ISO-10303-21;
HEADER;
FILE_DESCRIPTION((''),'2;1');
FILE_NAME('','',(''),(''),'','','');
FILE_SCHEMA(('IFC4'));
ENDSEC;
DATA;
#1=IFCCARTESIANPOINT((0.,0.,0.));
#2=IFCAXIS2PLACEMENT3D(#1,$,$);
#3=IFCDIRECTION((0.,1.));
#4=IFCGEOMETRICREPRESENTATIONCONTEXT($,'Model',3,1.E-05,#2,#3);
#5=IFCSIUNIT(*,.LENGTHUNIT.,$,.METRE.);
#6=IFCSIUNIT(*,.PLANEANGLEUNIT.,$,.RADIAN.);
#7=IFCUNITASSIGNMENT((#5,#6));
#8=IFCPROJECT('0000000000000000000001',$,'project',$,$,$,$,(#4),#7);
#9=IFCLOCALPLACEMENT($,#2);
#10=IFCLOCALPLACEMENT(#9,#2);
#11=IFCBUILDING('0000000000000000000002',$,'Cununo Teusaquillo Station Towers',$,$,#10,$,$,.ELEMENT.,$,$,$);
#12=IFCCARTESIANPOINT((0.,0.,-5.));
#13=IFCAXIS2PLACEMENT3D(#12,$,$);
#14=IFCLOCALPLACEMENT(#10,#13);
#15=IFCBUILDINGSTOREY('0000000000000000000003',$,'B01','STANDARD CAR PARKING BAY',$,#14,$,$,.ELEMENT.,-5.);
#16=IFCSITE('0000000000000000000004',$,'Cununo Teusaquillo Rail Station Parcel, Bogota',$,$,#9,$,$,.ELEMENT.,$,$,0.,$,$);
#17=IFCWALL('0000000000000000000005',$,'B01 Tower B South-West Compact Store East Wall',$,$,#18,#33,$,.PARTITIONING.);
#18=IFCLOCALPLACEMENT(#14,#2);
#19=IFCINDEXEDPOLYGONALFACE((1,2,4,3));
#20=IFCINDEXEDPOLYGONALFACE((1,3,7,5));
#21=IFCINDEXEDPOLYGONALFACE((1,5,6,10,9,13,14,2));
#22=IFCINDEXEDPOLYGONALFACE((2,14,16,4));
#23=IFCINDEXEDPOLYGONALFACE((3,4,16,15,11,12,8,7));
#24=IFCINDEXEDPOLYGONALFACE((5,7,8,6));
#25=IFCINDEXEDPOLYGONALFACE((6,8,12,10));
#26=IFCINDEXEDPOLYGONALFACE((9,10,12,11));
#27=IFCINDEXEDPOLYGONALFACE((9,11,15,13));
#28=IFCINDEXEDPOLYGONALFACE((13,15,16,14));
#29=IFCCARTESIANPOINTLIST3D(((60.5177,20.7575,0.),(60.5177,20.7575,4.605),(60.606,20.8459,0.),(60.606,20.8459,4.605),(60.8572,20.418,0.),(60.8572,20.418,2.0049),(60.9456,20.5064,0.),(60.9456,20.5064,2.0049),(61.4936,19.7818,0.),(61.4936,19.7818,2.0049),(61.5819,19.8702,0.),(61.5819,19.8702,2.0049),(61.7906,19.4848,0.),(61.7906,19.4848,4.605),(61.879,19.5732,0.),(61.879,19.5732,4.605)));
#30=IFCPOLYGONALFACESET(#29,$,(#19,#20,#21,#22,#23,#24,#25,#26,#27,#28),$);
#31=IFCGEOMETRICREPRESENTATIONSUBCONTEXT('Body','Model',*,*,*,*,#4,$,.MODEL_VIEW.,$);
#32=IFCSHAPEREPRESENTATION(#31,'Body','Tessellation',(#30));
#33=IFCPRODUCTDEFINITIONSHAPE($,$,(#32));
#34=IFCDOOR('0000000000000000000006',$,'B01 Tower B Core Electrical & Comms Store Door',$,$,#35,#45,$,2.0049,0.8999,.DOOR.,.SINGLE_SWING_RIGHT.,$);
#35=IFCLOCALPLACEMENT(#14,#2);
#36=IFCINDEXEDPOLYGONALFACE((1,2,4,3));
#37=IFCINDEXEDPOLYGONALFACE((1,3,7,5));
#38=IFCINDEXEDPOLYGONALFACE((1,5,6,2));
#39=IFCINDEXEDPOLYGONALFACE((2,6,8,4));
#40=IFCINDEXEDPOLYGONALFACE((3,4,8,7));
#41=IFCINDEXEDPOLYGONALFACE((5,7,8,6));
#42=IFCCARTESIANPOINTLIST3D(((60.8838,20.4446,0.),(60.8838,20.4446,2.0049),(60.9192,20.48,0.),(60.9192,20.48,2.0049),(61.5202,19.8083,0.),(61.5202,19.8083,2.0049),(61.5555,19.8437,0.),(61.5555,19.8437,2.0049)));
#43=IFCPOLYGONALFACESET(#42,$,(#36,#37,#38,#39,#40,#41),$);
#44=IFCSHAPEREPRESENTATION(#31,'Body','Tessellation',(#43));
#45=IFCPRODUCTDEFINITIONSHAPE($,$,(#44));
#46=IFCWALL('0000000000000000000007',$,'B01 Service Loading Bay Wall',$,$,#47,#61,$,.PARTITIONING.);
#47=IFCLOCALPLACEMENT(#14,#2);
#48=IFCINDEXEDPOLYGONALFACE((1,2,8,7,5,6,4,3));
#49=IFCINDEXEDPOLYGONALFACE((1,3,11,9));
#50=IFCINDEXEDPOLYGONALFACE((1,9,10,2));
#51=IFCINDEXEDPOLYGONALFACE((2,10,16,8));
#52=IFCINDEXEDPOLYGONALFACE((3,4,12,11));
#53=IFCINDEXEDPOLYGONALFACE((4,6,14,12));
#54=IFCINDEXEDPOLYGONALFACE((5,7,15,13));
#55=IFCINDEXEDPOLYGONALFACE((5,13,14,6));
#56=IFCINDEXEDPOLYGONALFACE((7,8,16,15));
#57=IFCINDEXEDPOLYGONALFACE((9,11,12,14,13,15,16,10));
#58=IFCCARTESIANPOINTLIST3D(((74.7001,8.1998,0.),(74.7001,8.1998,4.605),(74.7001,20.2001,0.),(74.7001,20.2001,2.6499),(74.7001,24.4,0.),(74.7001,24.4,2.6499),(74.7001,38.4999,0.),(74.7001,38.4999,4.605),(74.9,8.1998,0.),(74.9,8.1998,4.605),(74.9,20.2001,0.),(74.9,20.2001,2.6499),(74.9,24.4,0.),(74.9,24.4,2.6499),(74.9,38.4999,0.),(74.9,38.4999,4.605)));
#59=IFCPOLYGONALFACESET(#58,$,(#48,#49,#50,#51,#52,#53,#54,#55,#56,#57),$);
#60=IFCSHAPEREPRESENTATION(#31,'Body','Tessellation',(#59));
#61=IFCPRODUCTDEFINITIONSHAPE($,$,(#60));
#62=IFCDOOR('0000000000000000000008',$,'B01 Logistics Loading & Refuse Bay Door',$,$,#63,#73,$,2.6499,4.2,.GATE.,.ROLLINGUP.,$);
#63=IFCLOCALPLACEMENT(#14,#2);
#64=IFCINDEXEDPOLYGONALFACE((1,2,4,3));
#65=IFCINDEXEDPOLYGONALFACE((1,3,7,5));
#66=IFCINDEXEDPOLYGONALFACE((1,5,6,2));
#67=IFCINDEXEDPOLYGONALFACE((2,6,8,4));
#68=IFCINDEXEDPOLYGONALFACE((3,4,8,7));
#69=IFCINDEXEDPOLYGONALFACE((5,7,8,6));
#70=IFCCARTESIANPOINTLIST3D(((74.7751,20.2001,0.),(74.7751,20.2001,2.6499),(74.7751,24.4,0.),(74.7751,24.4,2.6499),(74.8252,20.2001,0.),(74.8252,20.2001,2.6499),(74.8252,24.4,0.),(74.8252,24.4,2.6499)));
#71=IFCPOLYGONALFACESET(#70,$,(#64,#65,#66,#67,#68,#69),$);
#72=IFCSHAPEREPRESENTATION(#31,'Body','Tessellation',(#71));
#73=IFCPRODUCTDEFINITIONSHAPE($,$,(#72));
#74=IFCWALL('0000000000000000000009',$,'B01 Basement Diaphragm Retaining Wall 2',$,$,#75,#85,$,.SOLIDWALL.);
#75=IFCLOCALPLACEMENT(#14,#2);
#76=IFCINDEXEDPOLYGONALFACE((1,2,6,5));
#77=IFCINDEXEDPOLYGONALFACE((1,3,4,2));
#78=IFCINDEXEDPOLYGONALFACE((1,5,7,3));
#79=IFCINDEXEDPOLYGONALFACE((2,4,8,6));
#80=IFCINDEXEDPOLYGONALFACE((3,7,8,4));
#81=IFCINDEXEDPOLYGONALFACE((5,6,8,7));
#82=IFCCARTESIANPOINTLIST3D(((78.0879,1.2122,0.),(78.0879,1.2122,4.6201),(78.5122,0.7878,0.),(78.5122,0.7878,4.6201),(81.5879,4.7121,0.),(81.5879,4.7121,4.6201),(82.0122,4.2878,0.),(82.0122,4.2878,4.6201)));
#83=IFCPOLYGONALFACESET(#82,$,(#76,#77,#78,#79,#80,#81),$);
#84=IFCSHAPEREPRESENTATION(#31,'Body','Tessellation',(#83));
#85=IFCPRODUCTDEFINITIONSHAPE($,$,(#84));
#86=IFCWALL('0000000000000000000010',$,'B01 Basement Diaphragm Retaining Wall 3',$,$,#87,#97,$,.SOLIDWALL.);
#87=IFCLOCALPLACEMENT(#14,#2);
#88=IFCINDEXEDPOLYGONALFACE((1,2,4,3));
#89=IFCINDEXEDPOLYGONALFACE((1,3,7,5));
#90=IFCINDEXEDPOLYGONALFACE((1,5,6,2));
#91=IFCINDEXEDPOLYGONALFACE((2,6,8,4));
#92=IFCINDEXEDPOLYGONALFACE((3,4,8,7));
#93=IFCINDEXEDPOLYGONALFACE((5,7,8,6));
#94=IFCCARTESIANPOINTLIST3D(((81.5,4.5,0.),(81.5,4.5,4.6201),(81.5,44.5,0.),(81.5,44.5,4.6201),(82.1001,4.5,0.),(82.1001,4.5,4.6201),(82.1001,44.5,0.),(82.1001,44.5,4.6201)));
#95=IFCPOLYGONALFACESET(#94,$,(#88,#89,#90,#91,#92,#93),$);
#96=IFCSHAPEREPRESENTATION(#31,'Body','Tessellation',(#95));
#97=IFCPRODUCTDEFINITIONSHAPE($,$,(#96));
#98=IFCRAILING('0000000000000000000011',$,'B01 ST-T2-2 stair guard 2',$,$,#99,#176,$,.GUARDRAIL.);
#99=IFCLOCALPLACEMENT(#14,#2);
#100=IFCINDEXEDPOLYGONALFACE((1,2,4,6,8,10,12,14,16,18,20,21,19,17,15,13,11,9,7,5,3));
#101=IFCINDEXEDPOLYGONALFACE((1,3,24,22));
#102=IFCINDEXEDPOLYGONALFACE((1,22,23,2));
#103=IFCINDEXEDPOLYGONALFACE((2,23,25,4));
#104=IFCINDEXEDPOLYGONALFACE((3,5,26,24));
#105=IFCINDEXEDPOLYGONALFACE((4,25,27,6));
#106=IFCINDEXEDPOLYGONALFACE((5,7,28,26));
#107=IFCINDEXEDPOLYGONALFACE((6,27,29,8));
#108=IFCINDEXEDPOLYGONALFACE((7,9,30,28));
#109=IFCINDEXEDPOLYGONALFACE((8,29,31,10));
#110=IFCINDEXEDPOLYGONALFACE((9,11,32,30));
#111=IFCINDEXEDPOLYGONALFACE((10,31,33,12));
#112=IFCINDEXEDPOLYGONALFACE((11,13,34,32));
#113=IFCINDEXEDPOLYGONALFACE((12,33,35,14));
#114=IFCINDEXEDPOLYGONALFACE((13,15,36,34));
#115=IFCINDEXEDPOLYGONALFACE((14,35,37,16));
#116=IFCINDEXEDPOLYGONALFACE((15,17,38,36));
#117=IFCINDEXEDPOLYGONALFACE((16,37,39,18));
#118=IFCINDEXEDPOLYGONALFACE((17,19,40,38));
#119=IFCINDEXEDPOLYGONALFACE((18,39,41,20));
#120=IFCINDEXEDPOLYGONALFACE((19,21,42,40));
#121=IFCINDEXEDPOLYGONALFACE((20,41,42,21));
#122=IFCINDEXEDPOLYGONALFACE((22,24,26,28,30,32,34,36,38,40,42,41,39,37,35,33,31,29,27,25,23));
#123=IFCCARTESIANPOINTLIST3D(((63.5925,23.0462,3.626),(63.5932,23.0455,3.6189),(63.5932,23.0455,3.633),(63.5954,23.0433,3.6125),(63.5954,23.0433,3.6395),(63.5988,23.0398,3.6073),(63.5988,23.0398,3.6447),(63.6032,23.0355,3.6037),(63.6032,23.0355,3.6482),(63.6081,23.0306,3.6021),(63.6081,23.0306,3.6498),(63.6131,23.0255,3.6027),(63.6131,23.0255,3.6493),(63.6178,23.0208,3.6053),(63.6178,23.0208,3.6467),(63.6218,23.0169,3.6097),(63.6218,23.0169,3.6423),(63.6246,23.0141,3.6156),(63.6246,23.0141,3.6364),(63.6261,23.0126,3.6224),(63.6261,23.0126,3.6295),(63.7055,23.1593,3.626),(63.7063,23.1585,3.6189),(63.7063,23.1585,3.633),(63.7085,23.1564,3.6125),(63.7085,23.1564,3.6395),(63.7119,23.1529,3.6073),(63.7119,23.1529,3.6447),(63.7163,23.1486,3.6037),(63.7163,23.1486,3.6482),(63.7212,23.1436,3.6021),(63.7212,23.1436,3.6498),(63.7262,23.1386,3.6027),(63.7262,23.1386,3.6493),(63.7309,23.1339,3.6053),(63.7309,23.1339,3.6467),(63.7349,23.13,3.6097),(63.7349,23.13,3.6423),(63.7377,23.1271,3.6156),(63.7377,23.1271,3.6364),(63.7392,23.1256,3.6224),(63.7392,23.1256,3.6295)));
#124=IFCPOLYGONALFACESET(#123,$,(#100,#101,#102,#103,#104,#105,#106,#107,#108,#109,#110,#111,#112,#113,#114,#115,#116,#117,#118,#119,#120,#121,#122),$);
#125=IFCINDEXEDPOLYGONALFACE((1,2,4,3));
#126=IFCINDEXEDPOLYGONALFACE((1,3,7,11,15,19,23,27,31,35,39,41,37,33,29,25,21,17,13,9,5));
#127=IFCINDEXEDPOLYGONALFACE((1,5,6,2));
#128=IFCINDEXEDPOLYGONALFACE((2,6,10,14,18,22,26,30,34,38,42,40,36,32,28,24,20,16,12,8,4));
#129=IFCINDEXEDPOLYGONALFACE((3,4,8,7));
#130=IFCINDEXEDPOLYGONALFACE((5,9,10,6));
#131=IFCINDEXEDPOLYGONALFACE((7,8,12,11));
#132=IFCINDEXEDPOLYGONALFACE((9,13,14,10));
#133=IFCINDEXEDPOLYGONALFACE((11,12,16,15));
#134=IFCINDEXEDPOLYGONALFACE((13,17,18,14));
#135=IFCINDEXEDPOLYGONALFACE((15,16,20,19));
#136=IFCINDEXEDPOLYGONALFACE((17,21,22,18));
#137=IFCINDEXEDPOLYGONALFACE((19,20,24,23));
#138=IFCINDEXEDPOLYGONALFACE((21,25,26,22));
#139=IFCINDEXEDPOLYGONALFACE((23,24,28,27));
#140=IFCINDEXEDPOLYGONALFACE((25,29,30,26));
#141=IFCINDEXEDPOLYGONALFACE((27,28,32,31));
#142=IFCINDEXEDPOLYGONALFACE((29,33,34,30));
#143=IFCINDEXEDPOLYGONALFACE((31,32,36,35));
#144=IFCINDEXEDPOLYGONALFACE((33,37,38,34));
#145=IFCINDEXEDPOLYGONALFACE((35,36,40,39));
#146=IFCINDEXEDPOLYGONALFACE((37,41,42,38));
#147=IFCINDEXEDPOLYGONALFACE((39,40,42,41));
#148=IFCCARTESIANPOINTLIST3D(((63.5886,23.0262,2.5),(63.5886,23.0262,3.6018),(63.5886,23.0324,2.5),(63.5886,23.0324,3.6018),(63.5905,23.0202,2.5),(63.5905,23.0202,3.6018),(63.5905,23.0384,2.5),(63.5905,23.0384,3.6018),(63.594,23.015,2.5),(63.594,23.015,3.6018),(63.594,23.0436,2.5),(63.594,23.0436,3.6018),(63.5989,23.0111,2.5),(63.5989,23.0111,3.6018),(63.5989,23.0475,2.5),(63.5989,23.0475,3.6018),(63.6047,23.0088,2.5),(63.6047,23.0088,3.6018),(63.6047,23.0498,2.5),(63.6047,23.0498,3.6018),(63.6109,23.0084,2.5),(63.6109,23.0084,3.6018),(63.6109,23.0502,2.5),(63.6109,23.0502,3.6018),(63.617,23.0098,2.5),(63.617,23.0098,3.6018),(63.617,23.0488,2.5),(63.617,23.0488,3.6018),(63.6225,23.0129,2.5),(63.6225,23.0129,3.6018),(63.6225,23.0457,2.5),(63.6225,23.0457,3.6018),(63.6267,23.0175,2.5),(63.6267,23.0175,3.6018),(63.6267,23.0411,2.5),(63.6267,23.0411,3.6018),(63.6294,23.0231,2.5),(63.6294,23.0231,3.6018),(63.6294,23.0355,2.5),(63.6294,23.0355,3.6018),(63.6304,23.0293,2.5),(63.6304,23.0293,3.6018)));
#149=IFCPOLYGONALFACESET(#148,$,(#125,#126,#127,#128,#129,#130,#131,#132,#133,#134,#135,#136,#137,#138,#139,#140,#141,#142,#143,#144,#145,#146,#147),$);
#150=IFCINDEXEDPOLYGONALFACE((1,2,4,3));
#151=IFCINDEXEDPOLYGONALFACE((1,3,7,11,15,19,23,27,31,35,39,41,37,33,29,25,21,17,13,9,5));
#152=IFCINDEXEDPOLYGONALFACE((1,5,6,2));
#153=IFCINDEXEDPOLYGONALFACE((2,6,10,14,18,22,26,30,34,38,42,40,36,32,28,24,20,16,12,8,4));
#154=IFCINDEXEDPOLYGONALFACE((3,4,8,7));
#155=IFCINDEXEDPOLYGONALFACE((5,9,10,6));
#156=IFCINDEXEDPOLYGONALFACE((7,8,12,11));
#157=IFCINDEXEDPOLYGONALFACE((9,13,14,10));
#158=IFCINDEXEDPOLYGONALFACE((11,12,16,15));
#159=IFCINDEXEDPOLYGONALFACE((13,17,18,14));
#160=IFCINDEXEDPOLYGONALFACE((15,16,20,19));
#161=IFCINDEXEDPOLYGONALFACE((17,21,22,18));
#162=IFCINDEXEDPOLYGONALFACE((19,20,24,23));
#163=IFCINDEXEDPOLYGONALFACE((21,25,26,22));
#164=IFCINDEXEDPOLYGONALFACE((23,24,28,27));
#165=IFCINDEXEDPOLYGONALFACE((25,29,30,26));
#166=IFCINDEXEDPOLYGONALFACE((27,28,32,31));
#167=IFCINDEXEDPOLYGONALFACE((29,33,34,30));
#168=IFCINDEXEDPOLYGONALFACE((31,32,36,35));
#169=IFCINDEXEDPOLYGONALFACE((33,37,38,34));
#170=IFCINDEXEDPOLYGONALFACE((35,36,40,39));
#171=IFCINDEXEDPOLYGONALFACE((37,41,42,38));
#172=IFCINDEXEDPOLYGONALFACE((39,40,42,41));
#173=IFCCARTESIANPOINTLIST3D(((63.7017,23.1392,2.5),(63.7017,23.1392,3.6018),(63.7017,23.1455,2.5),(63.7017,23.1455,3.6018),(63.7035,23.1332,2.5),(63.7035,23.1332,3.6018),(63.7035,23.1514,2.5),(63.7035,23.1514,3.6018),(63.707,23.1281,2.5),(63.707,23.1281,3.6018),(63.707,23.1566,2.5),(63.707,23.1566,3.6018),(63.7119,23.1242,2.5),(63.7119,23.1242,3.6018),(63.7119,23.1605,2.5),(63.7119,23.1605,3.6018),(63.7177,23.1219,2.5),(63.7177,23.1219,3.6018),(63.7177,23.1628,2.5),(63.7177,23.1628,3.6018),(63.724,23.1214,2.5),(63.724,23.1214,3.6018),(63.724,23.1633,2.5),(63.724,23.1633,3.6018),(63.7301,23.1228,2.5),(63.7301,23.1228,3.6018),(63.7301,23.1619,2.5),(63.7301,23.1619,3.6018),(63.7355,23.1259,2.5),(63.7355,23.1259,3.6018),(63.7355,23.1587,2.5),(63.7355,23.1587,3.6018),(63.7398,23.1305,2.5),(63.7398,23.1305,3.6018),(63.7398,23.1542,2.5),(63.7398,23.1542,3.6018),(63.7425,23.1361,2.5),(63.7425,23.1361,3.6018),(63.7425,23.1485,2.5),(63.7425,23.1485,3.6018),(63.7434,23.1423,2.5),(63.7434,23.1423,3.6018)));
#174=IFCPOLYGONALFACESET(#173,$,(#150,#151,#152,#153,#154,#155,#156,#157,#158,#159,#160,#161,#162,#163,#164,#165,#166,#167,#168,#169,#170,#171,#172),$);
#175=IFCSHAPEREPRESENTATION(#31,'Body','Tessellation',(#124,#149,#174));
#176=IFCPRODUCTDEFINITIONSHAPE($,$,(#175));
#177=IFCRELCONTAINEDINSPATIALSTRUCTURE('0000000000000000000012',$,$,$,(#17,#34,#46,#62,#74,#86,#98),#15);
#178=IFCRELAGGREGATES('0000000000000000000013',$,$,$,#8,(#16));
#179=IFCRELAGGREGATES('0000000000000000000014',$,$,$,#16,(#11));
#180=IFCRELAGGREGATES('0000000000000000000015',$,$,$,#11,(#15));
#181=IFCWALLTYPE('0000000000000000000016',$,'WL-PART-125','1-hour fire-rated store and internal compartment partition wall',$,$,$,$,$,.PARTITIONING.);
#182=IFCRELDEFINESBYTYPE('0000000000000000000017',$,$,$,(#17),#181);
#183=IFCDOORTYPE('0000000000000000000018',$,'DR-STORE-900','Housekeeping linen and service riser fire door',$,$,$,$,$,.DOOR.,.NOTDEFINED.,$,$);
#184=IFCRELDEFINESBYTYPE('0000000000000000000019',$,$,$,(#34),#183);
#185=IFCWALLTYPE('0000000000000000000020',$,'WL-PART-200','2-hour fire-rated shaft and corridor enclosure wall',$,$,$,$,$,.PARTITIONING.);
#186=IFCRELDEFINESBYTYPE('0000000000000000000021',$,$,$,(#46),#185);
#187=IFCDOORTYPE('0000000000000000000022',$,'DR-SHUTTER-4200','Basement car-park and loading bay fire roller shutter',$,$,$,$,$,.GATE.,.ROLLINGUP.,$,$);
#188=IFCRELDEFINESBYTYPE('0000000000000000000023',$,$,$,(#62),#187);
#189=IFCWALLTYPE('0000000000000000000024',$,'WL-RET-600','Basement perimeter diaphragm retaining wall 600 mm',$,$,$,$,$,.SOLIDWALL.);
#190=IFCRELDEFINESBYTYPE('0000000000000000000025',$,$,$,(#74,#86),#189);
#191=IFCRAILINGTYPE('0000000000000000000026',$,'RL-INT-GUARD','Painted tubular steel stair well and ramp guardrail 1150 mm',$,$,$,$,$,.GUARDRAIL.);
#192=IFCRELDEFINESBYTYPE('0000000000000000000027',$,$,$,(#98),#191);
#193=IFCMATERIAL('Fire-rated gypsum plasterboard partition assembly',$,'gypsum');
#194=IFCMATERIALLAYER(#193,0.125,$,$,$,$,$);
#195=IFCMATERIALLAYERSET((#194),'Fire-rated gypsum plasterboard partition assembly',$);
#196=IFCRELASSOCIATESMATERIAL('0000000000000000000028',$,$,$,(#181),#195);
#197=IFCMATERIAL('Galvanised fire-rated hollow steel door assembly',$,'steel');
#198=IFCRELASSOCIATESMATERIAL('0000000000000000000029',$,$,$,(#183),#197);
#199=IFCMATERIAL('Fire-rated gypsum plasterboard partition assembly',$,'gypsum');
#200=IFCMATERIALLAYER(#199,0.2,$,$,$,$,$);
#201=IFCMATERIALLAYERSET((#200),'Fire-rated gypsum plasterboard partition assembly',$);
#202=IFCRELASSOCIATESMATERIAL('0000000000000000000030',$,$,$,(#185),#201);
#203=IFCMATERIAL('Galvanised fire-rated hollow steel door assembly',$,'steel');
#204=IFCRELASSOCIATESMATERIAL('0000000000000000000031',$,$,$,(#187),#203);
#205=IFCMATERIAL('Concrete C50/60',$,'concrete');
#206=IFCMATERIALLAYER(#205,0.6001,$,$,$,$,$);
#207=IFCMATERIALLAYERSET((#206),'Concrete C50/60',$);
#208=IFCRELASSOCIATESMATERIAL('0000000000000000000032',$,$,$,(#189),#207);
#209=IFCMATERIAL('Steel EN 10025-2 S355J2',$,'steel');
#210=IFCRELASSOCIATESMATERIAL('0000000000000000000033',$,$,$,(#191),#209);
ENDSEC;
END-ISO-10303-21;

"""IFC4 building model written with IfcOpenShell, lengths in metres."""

from ifc_helpers import new_model, si_unit, direction, frame, frame_2d, origin, origin_2d, place, context, subcontext, project, spatial, rectangle, circle, extrude, source, transform, mapped, material, layer, layer_set, type_object, element, fill, save


model = new_model("IFC4")

# Units and contexts
model_context = context("Model", 3, precision=1e-05, world=origin(), true_north=direction((0.0, 1.0)))
body_context = subcontext(model_context, "Body", "Model", "MODEL_VIEW")
ifc_project = project(units=[si_unit("LENGTHUNIT", "METRE"), si_unit("PLANEANGLEUNIT", "RADIAN")], contexts=[model_context])

# Site, building, storey
site_placement = place(None, origin())
site = spatial("IfcSite", under=ifc_project, at=site_placement, Name="Cununo Teusaquillo Rail Station Parcel, Bogota", CompositionType="ELEMENT", RefElevation=0.0)
building_placement = place(site_placement, origin())
building = spatial("IfcBuilding", under=site, at=building_placement, Name="Cununo Teusaquillo Station Towers", CompositionType="ELEMENT")
storey_placement = place(building_placement, frame((0.0, 0.0, -5.0)))
storey = spatial("IfcBuildingStorey", under=building, at=storey_placement, Name="B01", Description="STANDARD CAR PARKING BAY", CompositionType="ELEMENT", Elevation=-5.0)

# Walls, openings, doors
ifc_material_1 = material(Name="Fire-rated gypsum plasterboard partition assembly", Category="gypsum")
ifc_layer_1 = layer(ifc_material_1, 0.125)
ifc_layer_set_1 = layer_set([ifc_layer_1], Name="Fire-rated gypsum plasterboard partition assembly")
wall_type_1 = type_object("IfcWallType", Name="WL-PART-125", Description="1-hour fire-rated store and internal compartment partition wall", PredefinedType="PARTITIONING", material=ifc_layer_set_1)
wall_1_placement = place(storey_placement, frame((61.8347, 19.5291, 0.0), z_axis=(0.0, 0.0, 1.0), x_axis=(-0.707175, 0.707039, 0.0)))
wall_1 = element("IfcWall", 1, at=wall_1_placement, inside=storey, type_object=wall_type_1, Name="B01 Tower B South-West Compact Store East Wall", PredefinedType="PARTITIONING", context=body_context, shape_type="SweptSolid", body=[
    extrude(rectangle(XDim=1.8, YDim=0.125, at=frame_2d((0.8999, 0.0))), origin(), (0.0, 0.0, 1.0), 4.605),
])
shared_shape_1 = source(origin(), body_context, "Body", "SweptSolid", [
    extrude(rectangle(XDim=0.8999, YDim=2.0049, at=frame_2d((0.45, 1.0024))), frame((0.0, 0.0725, 0.0), z_axis=(0.0, -1.0, 0.0), x_axis=(1.0, 0.0, 0.0)), (0.0, 0.0, 1.0), 0.145),
])
opening_1_placement = place(wall_1_placement, frame((0.4199, 0.0, 0.0)))
opening_1 = element("IfcOpeningElement", 2, at=opening_1_placement, cuts=wall_1, PredefinedType="OPENING", context=body_context, shape_type="MappedRepresentation", body=[
    mapped(shared_shape_1, transform((0.0, 0.0, 0.0), x_axis=(1.0, 0.0, 0.0), y_axis=(0.0, 1.0, 0.0), z_axis=(0.0, 0.0, 1.0), scale=1.0)),
])
ifc_material_2 = material(Name="Galvanised fire-rated hollow steel door assembly", Category="steel")
door_type_1 = type_object("IfcDoorType", Name="DR-STORE-900", Description="Housekeeping linen and service riser fire door", OperationType="NOTDEFINED", PredefinedType="DOOR", material=ifc_material_2)
shared_shape_2 = source(origin(), body_context, "Body", "SweptSolid", [
    extrude(rectangle(XDim=0.8999, YDim=2.0049, at=frame_2d((0.45, 1.0024))), frame((0.0, 0.0249, 0.0), z_axis=(0.0, -1.0, 0.0), x_axis=(1.0, 0.0, 0.0)), (0.0, 0.0, 1.0), 0.05),
])
door_1_placement = place(opening_1_placement, origin())
door_1 = element("IfcDoor", 3, at=door_1_placement, inside=storey, type_object=door_type_1, Name="B01 Tower B Core Electrical & Comms Store Door", OperationType="SINGLE_SWING_RIGHT", OverallHeight=2.0049, OverallWidth=0.8999, PredefinedType="DOOR", context=body_context, shape_type="MappedRepresentation", body=[
    mapped(shared_shape_2, transform((0.0, 0.0, 0.0), x_axis=(1.0, 0.0, 0.0), y_axis=(0.0, 1.0, 0.0), z_axis=(0.0, 0.0, 1.0), scale=1.0)),
])
fill(opening_1, door_1)
ifc_material_3 = material(Name="Fire-rated gypsum plasterboard partition assembly", Category="gypsum")
ifc_layer_2 = layer(ifc_material_3, 0.2)
ifc_layer_set_2 = layer_set([ifc_layer_2], Name="Fire-rated gypsum plasterboard partition assembly")
wall_type_2 = type_object("IfcWallType", Name="WL-PART-200", Description="2-hour fire-rated shaft and corridor enclosure wall", PredefinedType="PARTITIONING", material=ifc_layer_set_2)
wall_2_placement = place(storey_placement, frame((74.8, 8.2, 0.0), z_axis=(0.0, 0.0, 1.0), x_axis=(0.0, 1.0, 0.0)))
wall_2 = element("IfcWall", 4, at=wall_2_placement, inside=storey, type_object=wall_type_2, Name="B01 Service Loading Bay Wall", PredefinedType="PARTITIONING", context=body_context, shape_type="SweptSolid", body=[
    extrude(rectangle(XDim=30.3, YDim=0.2, at=frame_2d((15.1499, 0.0))), origin(), (0.0, 0.0, 1.0), 4.605),
])
shared_shape_3 = source(origin(), body_context, "Body", "SweptSolid", [
    extrude(rectangle(XDim=4.2, YDim=2.6499, at=frame_2d((2.1001, 1.325))), frame((0.0, 0.1099, 0.0), z_axis=(0.0, -1.0, 0.0), x_axis=(1.0, 0.0, 0.0)), (0.0, 0.0, 1.0), 0.22),
])
opening_2_placement = place(wall_2_placement, frame((12.0, 0.0, 0.0)))
opening_2 = element("IfcOpeningElement", 5, at=opening_2_placement, cuts=wall_2, PredefinedType="OPENING", context=body_context, shape_type="MappedRepresentation", body=[
    mapped(shared_shape_3, transform((0.0, 0.0, 0.0), x_axis=(1.0, 0.0, 0.0), y_axis=(0.0, 1.0, 0.0), z_axis=(0.0, 0.0, 1.0), scale=1.0)),
])
ifc_material_4 = material(Name="Galvanised fire-rated hollow steel door assembly", Category="steel")
door_type_2 = type_object("IfcDoorType", Name="DR-SHUTTER-4200", Description="Basement car-park and loading bay fire roller shutter", OperationType="ROLLINGUP", PredefinedType="GATE", material=ifc_material_4)
shared_shape_4 = source(origin(), body_context, "Body", "SweptSolid", [
    extrude(rectangle(XDim=4.2, YDim=2.6499, at=frame_2d((2.1001, 1.325))), frame((0.0, 0.0249, 0.0), z_axis=(0.0, -1.0, 0.0), x_axis=(1.0, 0.0, 0.0)), (0.0, 0.0, 1.0), 0.05),
])
door_2_placement = place(opening_2_placement, origin())
door_2 = element("IfcDoor", 6, at=door_2_placement, inside=storey, type_object=door_type_2, Name="B01 Logistics Loading & Refuse Bay Door", OperationType="ROLLINGUP", OverallHeight=2.6499, OverallWidth=4.2, PredefinedType="GATE", context=body_context, shape_type="MappedRepresentation", body=[
    mapped(shared_shape_4, transform((0.0, 0.0, 0.0), x_axis=(1.0, 0.0, 0.0), y_axis=(0.0, 1.0, 0.0), z_axis=(0.0, 0.0, 1.0), scale=1.0)),
])
fill(opening_2, door_2)

# Walls
ifc_material_5 = material(Name="Concrete C50/60", Category="concrete")
ifc_layer_3 = layer(ifc_material_5, 0.6001)
ifc_layer_set_3 = layer_set([ifc_layer_3], Name="Concrete C50/60")
wall_type_3 = type_object("IfcWallType", Name="WL-RET-600", Description="Basement perimeter diaphragm retaining wall 600 mm", PredefinedType="SOLIDWALL", material=ifc_layer_set_3)
wall_3_placement = place(storey_placement, frame((78.3, 1.0, 0.0), z_axis=(0.0, 0.0, 1.0), x_axis=(0.707107, 0.707107, 0.0)))
element("IfcWall", 7, at=wall_3_placement, inside=storey, type_object=wall_type_3, Name="B01 Basement Diaphragm Retaining Wall 2", PredefinedType="SOLIDWALL", context=body_context, shape_type="SweptSolid", body=[
    extrude(rectangle(XDim=4.9497, YDim=0.6001, at=frame_2d((2.4749, 0.0))), origin(), (0.0, 0.0, 1.0), 4.6201),
])
wall_4_placement = place(storey_placement, frame((81.8, 4.5, 0.0), z_axis=(0.0, 0.0, 1.0), x_axis=(0.0, 1.0, 0.0)))
element("IfcWall", 8, at=wall_4_placement, inside=storey, type_object=wall_type_3, Name="B01 Basement Diaphragm Retaining Wall 3", PredefinedType="SOLIDWALL", context=body_context, shape_type="SweptSolid", body=[
    extrude(rectangle(XDim=40.0, YDim=0.6001, at=frame_2d((20.0, 0.0))), origin(), (0.0, 0.0, 1.0), 4.6201),
])

# Railing
ifc_material_6 = material(Name="Steel EN 10025-2 S355J2", Category="steel")
railing_type = type_object("IfcRailingType", Name="RL-INT-GUARD", Description="Painted tubular steel stair well and ramp guardrail 1150 mm", PredefinedType="GUARDRAIL", material=ifc_material_6)
railing_1_placement = place(storey_placement, frame((63.6094, 23.0293, 2.5)))
element("IfcRailing", 9, at=railing_1_placement, inside=storey, type_object=railing_type, Name="B01 ST-T2-2 stair guard 2", PredefinedType="GUARDRAIL", context=body_context, shape_type="SweptSolid", body=[
    extrude(circle(Radius=0.0239, at=origin_2d()), frame((0.0, 0.0, 1.126), z_axis=(0.707107, 0.707107, 0.0), x_axis=(-0.707107, 0.707107, 0.0)), (0.0, 0.0, 1.0), 0.1599),
    extrude(circle(Radius=0.021, at=origin_2d()), origin(), (0.0, 0.0, 1.0), 1.1018),
    extrude(circle(Radius=0.021, at=origin_2d()), frame((0.113, 0.113, 0.0)), (0.0, 0.0, 1.0), 1.1018),
])

save(model, "model.ifc")
